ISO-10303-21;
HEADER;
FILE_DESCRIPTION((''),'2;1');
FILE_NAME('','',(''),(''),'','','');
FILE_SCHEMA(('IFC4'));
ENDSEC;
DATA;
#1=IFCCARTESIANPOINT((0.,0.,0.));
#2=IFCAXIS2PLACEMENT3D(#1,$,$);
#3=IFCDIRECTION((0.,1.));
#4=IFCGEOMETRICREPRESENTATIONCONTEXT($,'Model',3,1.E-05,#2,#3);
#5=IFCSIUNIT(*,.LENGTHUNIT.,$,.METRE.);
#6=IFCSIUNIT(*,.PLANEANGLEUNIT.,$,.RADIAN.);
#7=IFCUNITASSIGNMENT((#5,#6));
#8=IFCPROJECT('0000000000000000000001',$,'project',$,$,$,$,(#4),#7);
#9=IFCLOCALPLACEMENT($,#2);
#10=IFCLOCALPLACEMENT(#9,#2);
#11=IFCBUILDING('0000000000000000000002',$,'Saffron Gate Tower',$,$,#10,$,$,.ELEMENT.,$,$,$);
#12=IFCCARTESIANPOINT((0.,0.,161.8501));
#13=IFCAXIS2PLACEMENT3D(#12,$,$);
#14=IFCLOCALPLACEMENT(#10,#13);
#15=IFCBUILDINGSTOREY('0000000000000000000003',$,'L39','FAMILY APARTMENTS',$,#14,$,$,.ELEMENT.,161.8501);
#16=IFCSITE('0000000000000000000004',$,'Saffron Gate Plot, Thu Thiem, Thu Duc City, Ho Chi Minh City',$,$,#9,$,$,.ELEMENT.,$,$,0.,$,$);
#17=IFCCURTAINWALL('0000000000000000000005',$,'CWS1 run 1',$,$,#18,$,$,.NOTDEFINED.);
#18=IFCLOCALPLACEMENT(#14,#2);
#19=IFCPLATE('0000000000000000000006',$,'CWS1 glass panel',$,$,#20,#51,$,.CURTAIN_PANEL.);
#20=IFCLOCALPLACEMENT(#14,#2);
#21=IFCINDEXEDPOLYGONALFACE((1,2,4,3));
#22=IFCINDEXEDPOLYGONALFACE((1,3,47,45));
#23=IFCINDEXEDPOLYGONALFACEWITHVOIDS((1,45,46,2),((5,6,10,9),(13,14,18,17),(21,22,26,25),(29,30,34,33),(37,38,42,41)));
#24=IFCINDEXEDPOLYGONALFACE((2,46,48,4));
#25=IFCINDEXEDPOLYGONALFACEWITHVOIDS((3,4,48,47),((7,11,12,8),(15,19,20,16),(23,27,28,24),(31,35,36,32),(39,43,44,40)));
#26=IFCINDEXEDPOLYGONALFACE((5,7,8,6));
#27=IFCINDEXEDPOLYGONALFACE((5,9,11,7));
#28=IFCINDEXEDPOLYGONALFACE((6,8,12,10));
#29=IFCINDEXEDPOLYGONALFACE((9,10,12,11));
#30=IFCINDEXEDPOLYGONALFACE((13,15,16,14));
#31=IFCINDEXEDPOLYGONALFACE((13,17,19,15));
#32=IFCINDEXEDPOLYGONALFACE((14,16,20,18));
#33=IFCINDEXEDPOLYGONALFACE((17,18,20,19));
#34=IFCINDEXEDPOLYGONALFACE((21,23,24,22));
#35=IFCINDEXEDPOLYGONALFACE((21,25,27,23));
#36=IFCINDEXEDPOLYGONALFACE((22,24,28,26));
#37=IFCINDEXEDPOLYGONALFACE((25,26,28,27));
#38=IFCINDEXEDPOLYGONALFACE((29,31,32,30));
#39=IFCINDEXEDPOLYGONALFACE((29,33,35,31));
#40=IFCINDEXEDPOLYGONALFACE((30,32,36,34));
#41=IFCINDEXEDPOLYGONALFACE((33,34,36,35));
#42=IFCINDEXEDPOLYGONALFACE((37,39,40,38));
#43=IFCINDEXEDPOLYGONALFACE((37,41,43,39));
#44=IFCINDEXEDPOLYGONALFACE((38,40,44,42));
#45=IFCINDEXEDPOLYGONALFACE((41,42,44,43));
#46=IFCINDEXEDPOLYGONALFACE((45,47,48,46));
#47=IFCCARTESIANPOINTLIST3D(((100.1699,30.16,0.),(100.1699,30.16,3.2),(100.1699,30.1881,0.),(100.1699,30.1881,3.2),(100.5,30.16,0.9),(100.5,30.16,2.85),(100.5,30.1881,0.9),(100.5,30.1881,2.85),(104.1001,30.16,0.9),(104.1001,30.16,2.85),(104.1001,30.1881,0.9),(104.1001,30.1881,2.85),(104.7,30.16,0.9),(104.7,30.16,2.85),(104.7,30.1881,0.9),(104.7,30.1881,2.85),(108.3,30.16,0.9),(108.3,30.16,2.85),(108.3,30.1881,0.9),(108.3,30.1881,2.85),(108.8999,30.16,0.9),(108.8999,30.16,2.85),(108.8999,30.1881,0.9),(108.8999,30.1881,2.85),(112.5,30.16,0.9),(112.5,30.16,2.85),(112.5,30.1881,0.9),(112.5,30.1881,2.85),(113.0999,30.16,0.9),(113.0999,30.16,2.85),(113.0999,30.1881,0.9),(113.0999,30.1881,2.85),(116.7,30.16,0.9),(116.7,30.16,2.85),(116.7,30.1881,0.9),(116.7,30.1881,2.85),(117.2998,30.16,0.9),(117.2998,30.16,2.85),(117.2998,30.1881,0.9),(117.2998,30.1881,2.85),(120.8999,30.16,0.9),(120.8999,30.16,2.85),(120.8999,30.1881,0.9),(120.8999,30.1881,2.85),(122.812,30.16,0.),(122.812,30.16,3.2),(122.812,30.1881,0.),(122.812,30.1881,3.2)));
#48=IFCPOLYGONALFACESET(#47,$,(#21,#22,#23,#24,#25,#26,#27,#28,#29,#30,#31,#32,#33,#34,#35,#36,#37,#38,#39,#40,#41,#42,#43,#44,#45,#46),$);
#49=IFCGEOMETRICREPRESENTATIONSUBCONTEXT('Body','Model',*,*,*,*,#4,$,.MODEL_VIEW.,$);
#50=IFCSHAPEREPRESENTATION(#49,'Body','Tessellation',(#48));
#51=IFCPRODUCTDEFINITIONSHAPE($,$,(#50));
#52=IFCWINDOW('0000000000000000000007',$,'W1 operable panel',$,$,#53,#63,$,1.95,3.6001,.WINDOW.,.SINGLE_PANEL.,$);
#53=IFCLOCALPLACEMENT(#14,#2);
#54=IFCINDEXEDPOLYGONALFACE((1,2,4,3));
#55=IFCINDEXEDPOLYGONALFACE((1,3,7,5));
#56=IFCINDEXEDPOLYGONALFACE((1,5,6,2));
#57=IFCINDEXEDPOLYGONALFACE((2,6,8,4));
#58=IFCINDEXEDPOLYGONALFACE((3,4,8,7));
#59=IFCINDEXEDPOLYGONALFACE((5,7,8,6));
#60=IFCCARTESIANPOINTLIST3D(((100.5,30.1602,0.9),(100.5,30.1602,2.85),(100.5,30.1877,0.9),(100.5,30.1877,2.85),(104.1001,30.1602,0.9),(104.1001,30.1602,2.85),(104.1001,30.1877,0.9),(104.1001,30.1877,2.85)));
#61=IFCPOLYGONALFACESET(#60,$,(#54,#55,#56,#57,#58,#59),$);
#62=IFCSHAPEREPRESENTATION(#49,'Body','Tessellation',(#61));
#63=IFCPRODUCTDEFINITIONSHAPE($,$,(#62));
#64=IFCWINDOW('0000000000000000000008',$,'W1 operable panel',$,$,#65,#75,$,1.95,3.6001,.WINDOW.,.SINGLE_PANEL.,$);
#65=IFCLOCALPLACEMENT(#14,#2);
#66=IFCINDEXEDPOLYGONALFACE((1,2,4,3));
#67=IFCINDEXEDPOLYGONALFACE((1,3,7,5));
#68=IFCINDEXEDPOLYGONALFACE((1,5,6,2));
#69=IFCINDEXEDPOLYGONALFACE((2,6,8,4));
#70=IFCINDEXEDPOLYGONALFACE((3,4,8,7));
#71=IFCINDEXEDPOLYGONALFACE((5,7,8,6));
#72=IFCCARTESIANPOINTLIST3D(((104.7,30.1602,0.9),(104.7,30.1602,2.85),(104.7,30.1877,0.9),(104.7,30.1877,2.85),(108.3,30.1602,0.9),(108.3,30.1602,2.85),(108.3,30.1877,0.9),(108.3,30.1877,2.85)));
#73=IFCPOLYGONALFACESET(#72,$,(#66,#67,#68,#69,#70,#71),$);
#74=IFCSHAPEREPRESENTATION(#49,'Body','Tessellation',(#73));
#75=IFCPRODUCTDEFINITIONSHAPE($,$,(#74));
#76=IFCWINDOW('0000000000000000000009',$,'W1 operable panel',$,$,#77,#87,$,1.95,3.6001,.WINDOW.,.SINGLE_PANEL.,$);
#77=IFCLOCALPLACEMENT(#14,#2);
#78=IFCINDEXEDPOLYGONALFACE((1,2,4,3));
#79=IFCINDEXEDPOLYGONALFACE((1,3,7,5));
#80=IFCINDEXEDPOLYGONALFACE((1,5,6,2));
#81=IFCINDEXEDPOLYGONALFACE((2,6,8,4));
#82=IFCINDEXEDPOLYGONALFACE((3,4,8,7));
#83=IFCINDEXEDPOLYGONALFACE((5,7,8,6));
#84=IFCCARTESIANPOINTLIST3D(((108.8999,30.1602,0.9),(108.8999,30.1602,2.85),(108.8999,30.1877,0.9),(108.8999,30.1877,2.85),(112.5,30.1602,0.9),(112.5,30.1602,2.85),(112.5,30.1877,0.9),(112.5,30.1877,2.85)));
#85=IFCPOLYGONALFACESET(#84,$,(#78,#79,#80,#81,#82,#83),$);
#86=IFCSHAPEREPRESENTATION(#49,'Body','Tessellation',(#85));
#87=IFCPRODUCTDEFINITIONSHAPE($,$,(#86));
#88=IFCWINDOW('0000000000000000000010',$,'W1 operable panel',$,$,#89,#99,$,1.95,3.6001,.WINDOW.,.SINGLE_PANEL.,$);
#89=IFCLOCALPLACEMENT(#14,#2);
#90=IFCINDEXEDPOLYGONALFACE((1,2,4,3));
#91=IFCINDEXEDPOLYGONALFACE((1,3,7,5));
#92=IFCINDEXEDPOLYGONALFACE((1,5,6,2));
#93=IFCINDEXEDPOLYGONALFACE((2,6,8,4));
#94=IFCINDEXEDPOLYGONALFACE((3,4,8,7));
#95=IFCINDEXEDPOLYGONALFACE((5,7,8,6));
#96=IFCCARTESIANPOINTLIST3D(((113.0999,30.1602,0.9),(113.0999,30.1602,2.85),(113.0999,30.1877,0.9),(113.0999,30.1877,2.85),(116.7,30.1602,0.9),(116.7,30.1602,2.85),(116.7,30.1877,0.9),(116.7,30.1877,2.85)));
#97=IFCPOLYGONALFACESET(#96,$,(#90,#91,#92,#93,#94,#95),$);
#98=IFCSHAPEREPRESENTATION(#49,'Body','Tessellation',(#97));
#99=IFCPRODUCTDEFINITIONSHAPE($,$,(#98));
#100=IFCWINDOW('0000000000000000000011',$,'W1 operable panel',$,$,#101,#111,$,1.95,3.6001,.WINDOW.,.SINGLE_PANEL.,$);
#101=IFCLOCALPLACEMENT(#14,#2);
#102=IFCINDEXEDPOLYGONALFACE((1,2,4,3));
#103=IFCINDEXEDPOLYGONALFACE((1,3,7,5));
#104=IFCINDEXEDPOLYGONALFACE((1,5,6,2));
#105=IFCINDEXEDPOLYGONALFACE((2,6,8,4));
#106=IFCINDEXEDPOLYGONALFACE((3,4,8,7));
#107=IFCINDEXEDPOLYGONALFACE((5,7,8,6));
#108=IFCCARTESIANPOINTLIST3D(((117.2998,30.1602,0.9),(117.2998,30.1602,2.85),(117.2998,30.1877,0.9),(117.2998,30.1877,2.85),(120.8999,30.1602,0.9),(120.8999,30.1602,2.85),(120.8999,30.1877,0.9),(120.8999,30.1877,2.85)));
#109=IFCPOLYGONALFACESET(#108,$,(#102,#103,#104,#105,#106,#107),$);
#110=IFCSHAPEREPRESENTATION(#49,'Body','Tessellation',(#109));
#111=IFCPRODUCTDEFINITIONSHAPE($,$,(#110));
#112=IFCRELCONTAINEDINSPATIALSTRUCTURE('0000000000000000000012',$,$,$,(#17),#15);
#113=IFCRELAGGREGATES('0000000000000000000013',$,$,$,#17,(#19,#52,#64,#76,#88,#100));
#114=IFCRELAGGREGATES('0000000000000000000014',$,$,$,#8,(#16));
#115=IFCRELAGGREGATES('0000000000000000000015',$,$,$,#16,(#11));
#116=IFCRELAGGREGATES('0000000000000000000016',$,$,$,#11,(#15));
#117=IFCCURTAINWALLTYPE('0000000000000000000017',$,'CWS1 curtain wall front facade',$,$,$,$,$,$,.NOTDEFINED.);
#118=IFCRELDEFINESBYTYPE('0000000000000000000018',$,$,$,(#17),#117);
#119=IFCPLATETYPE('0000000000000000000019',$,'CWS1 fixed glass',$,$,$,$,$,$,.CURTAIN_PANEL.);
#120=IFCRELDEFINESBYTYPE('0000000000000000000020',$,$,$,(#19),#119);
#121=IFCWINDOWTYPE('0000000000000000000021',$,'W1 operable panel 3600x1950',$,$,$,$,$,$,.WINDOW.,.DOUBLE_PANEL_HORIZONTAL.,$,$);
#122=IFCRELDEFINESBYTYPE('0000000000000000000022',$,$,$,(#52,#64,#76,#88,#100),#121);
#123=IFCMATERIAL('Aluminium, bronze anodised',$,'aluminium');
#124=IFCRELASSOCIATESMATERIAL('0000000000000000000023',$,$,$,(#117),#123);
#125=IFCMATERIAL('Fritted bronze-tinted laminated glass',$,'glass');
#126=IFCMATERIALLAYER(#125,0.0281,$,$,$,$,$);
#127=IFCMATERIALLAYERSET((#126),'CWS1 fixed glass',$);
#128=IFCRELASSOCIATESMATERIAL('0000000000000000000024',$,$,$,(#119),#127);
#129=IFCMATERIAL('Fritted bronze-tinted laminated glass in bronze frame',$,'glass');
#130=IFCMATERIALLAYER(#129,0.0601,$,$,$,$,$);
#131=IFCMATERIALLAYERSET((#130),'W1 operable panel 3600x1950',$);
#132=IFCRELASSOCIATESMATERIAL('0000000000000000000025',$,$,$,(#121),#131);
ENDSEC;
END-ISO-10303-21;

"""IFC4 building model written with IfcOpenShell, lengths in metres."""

from ifc_helpers import new_model, si_unit, direction, frame, frame_2d, origin, place, context, subcontext, project, spatial, rectangle, extrude, material, layer, layer_set, type_object, element, fill, aggregate, save


model = new_model("IFC4")

# Units and contexts
model_context = context("Model", 3, precision=1e-05, world=origin(), true_north=direction((0.0, 1.0)))
body_context = subcontext(model_context, "Body", "Model", "MODEL_VIEW")
ifc_project = project(units=[si_unit("LENGTHUNIT", "METRE"), si_unit("PLANEANGLEUNIT", "RADIAN")], contexts=[model_context])

# Site, building, storey
site_placement = place(None, origin())
site = spatial("IfcSite", under=ifc_project, at=site_placement, Name="Saffron Gate Plot, Thu Thiem, Thu Duc City, Ho Chi Minh City", CompositionType="ELEMENT", RefElevation=0.0)
building_placement = place(site_placement, origin())
building = spatial("IfcBuilding", under=site, at=building_placement, Name="Saffron Gate Tower", CompositionType="ELEMENT")
storey_placement = place(building_placement, frame((0.0, 0.0, 161.8501)))
storey = spatial("IfcBuildingStorey", under=building, at=storey_placement, Name="L39", Description="FAMILY APARTMENTS", CompositionType="ELEMENT", Elevation=161.8501)

# Curtain wall, plate, openings, windows
ifc_material_1 = material(Name="Aluminium, bronze anodised", Category="aluminium")
curtain_wall_type = type_object("IfcCurtainWallType", Name="CWS1 curtain wall front facade", PredefinedType="NOTDEFINED", material=ifc_material_1)
curtain_wall_placement = place(storey_placement, origin())
curtain_wall = element("IfcCurtainWall", 1, at=curtain_wall_placement, inside=storey, type_object=curtain_wall_type, Name="CWS1 run 1", PredefinedType="NOTDEFINED")
ifc_material_2 = material(Name="Fritted bronze-tinted laminated glass", Category="glass")
ifc_layer_1 = layer(ifc_material_2, 0.0281)
ifc_layer_set_1 = layer_set([ifc_layer_1], Name="CWS1 fixed glass")
plate_type = type_object("IfcPlateType", Name="CWS1 fixed glass", PredefinedType="CURTAIN_PANEL", material=ifc_layer_set_1)
plate_placement = place(storey_placement, frame((100.1699, 30.1741, 0.0), z_axis=(0.0, 0.0, 1.0), x_axis=(1.0, 0.0, 0.0)))
plate = element("IfcPlate", 2, at=plate_placement, type_object=plate_type, Name="CWS1 glass panel", PredefinedType="CURTAIN_PANEL", context=body_context, shape_type="SweptSolid", body=[
    extrude(rectangle(XDim=22.6421, YDim=0.0281, at=frame_2d((11.321, 0.0))), origin(), (0.0, 0.0, 1.0), 3.2),
])
opening_1_placement = place(plate_placement, frame((0.3301, 0.0, 0.8999)))
opening_1 = element("IfcOpeningElement", 3, at=opening_1_placement, cuts=plate, PredefinedType="OPENING", context=body_context, shape_type="SweptSolid", body=[
    extrude(rectangle(XDim=3.6001, YDim=1.95, at=frame_2d((1.8, 0.9751))), frame((0.0, 0.0239, 0.0), z_axis=(0.0, -1.0, 0.0), x_axis=(1.0, 0.0, 0.0)), (0.0, 0.0, 1.0), 0.0481),
])
opening_2_placement = place(plate_placement, frame((4.53, 0.0, 0.8999)))
opening_2 = element("IfcOpeningElement", 4, at=opening_2_placement, cuts=plate, PredefinedType="OPENING", context=body_context, shape_type="SweptSolid", body=[
    extrude(rectangle(XDim=3.6001, YDim=1.95, at=frame_2d((1.8, 0.9751))), frame((0.0, 0.0239, 0.0), z_axis=(0.0, -1.0, 0.0), x_axis=(1.0, 0.0, 0.0)), (0.0, 0.0, 1.0), 0.0481),
])
opening_3_placement = place(plate_placement, frame((8.73, 0.0, 0.8999)))
opening_3 = element("IfcOpeningElement", 5, at=opening_3_placement, cuts=plate, PredefinedType="OPENING", context=body_context, shape_type="SweptSolid", body=[
    extrude(rectangle(XDim=3.6001, YDim=1.95, at=frame_2d((1.8, 0.9751))), frame((0.0, 0.0239, 0.0), z_axis=(0.0, -1.0, 0.0), x_axis=(1.0, 0.0, 0.0)), (0.0, 0.0, 1.0), 0.0481),
])
opening_4_placement = place(plate_placement, frame((12.9299, 0.0, 0.8999)))
opening_4 = element("IfcOpeningElement", 6, at=opening_4_placement, cuts=plate, PredefinedType="OPENING", context=body_context, shape_type="SweptSolid", body=[
    extrude(rectangle(XDim=3.6001, YDim=1.95, at=frame_2d((1.8, 0.9751))), frame((0.0, 0.0239, 0.0), z_axis=(0.0, -1.0, 0.0), x_axis=(1.0, 0.0, 0.0)), (0.0, 0.0, 1.0), 0.0481),
])
opening_5_placement = place(plate_placement, frame((17.1299, 0.0, 0.8999)))
opening_5 = element("IfcOpeningElement", 7, at=opening_5_placement, cuts=plate, PredefinedType="OPENING", context=body_context, shape_type="SweptSolid", body=[
    extrude(rectangle(XDim=3.6001, YDim=1.95, at=frame_2d((1.8, 0.9751))), frame((0.0, 0.0239, 0.0), z_axis=(0.0, -1.0, 0.0), x_axis=(1.0, 0.0, 0.0)), (0.0, 0.0, 1.0), 0.0481),
])
ifc_material_3 = material(Name="Fritted bronze-tinted laminated glass in bronze frame", Category="glass")
ifc_layer_2 = layer(ifc_material_3, 0.0601)
ifc_layer_set_2 = layer_set([ifc_layer_2], Name="W1 operable panel 3600x1950")
window_type = type_object("IfcWindowType", Name="W1 operable panel 3600x1950", PartitioningType="DOUBLE_PANEL_HORIZONTAL", PredefinedType="WINDOW", material=ifc_layer_set_2)
window_1_placement = place(opening_1_placement, origin())
window_1 = element("IfcWindow", 8, at=window_1_placement, type_object=window_type, Name="W1 operable panel", OverallHeight=1.95, OverallWidth=3.6001, PartitioningType="SINGLE_PANEL", PredefinedType="WINDOW", context=body_context, shape_type="SweptSolid", body=[
    extrude(rectangle(XDim=3.6001, YDim=1.95, at=frame_2d((1.8, 0.9751))), frame((0.0, 0.0137, 0.0), z_axis=(0.0, -1.0, 0.0), x_axis=(1.0, 0.0, 0.0)), (0.0, 0.0, 1.0), 0.0276),
])
fill(opening_1, window_1)
window_2_placement = place(opening_2_placement, origin())
window_2 = element("IfcWindow", 9, at=window_2_placement, type_object=window_type, Name="W1 operable panel", OverallHeight=1.95, OverallWidth=3.6001, PartitioningType="SINGLE_PANEL", PredefinedType="WINDOW", context=body_context, shape_type="SweptSolid", body=[
    extrude(rectangle(XDim=3.6001, YDim=1.95, at=frame_2d((1.8, 0.9751))), frame((0.0, 0.0137, 0.0), z_axis=(0.0, -1.0, 0.0), x_axis=(1.0, 0.0, 0.0)), (0.0, 0.0, 1.0), 0.0276),
])
fill(opening_2, window_2)
window_3_placement = place(opening_3_placement, origin())
window_3 = element("IfcWindow", 10, at=window_3_placement, type_object=window_type, Name="W1 operable panel", OverallHeight=1.95, OverallWidth=3.6001, PartitioningType="SINGLE_PANEL", PredefinedType="WINDOW", context=body_context, shape_type="SweptSolid", body=[
    extrude(rectangle(XDim=3.6001, YDim=1.95, at=frame_2d((1.8, 0.9751))), frame((0.0, 0.0137, 0.0), z_axis=(0.0, -1.0, 0.0), x_axis=(1.0, 0.0, 0.0)), (0.0, 0.0, 1.0), 0.0276),
])
fill(opening_3, window_3)
window_4_placement = place(opening_4_placement, origin())
window_4 = element("IfcWindow", 11, at=window_4_placement, type_object=window_type, Name="W1 operable panel", OverallHeight=1.95, OverallWidth=3.6001, PartitioningType="SINGLE_PANEL", PredefinedType="WINDOW", context=body_context, shape_type="SweptSolid", body=[
    extrude(rectangle(XDim=3.6001, YDim=1.95, at=frame_2d((1.8, 0.9751))), frame((0.0, 0.0137, 0.0), z_axis=(0.0, -1.0, 0.0), x_axis=(1.0, 0.0, 0.0)), (0.0, 0.0, 1.0), 0.0276),
])
fill(opening_4, window_4)
window_5_placement = place(opening_5_placement, origin())
window_5 = element("IfcWindow", 12, at=window_5_placement, type_object=window_type, Name="W1 operable panel", OverallHeight=1.95, OverallWidth=3.6001, PartitioningType="SINGLE_PANEL", PredefinedType="WINDOW", context=body_context, shape_type="SweptSolid", body=[
    extrude(rectangle(XDim=3.6001, YDim=1.95, at=frame_2d((1.8, 0.9751))), frame((0.0, 0.0137, 0.0), z_axis=(0.0, -1.0, 0.0), x_axis=(1.0, 0.0, 0.0)), (0.0, 0.0, 1.0), 0.0276),
])
fill(opening_5, window_5)
aggregate(curtain_wall, [plate, window_1, window_2, window_3, window_4, window_5])

save(model, "model.ifc")
